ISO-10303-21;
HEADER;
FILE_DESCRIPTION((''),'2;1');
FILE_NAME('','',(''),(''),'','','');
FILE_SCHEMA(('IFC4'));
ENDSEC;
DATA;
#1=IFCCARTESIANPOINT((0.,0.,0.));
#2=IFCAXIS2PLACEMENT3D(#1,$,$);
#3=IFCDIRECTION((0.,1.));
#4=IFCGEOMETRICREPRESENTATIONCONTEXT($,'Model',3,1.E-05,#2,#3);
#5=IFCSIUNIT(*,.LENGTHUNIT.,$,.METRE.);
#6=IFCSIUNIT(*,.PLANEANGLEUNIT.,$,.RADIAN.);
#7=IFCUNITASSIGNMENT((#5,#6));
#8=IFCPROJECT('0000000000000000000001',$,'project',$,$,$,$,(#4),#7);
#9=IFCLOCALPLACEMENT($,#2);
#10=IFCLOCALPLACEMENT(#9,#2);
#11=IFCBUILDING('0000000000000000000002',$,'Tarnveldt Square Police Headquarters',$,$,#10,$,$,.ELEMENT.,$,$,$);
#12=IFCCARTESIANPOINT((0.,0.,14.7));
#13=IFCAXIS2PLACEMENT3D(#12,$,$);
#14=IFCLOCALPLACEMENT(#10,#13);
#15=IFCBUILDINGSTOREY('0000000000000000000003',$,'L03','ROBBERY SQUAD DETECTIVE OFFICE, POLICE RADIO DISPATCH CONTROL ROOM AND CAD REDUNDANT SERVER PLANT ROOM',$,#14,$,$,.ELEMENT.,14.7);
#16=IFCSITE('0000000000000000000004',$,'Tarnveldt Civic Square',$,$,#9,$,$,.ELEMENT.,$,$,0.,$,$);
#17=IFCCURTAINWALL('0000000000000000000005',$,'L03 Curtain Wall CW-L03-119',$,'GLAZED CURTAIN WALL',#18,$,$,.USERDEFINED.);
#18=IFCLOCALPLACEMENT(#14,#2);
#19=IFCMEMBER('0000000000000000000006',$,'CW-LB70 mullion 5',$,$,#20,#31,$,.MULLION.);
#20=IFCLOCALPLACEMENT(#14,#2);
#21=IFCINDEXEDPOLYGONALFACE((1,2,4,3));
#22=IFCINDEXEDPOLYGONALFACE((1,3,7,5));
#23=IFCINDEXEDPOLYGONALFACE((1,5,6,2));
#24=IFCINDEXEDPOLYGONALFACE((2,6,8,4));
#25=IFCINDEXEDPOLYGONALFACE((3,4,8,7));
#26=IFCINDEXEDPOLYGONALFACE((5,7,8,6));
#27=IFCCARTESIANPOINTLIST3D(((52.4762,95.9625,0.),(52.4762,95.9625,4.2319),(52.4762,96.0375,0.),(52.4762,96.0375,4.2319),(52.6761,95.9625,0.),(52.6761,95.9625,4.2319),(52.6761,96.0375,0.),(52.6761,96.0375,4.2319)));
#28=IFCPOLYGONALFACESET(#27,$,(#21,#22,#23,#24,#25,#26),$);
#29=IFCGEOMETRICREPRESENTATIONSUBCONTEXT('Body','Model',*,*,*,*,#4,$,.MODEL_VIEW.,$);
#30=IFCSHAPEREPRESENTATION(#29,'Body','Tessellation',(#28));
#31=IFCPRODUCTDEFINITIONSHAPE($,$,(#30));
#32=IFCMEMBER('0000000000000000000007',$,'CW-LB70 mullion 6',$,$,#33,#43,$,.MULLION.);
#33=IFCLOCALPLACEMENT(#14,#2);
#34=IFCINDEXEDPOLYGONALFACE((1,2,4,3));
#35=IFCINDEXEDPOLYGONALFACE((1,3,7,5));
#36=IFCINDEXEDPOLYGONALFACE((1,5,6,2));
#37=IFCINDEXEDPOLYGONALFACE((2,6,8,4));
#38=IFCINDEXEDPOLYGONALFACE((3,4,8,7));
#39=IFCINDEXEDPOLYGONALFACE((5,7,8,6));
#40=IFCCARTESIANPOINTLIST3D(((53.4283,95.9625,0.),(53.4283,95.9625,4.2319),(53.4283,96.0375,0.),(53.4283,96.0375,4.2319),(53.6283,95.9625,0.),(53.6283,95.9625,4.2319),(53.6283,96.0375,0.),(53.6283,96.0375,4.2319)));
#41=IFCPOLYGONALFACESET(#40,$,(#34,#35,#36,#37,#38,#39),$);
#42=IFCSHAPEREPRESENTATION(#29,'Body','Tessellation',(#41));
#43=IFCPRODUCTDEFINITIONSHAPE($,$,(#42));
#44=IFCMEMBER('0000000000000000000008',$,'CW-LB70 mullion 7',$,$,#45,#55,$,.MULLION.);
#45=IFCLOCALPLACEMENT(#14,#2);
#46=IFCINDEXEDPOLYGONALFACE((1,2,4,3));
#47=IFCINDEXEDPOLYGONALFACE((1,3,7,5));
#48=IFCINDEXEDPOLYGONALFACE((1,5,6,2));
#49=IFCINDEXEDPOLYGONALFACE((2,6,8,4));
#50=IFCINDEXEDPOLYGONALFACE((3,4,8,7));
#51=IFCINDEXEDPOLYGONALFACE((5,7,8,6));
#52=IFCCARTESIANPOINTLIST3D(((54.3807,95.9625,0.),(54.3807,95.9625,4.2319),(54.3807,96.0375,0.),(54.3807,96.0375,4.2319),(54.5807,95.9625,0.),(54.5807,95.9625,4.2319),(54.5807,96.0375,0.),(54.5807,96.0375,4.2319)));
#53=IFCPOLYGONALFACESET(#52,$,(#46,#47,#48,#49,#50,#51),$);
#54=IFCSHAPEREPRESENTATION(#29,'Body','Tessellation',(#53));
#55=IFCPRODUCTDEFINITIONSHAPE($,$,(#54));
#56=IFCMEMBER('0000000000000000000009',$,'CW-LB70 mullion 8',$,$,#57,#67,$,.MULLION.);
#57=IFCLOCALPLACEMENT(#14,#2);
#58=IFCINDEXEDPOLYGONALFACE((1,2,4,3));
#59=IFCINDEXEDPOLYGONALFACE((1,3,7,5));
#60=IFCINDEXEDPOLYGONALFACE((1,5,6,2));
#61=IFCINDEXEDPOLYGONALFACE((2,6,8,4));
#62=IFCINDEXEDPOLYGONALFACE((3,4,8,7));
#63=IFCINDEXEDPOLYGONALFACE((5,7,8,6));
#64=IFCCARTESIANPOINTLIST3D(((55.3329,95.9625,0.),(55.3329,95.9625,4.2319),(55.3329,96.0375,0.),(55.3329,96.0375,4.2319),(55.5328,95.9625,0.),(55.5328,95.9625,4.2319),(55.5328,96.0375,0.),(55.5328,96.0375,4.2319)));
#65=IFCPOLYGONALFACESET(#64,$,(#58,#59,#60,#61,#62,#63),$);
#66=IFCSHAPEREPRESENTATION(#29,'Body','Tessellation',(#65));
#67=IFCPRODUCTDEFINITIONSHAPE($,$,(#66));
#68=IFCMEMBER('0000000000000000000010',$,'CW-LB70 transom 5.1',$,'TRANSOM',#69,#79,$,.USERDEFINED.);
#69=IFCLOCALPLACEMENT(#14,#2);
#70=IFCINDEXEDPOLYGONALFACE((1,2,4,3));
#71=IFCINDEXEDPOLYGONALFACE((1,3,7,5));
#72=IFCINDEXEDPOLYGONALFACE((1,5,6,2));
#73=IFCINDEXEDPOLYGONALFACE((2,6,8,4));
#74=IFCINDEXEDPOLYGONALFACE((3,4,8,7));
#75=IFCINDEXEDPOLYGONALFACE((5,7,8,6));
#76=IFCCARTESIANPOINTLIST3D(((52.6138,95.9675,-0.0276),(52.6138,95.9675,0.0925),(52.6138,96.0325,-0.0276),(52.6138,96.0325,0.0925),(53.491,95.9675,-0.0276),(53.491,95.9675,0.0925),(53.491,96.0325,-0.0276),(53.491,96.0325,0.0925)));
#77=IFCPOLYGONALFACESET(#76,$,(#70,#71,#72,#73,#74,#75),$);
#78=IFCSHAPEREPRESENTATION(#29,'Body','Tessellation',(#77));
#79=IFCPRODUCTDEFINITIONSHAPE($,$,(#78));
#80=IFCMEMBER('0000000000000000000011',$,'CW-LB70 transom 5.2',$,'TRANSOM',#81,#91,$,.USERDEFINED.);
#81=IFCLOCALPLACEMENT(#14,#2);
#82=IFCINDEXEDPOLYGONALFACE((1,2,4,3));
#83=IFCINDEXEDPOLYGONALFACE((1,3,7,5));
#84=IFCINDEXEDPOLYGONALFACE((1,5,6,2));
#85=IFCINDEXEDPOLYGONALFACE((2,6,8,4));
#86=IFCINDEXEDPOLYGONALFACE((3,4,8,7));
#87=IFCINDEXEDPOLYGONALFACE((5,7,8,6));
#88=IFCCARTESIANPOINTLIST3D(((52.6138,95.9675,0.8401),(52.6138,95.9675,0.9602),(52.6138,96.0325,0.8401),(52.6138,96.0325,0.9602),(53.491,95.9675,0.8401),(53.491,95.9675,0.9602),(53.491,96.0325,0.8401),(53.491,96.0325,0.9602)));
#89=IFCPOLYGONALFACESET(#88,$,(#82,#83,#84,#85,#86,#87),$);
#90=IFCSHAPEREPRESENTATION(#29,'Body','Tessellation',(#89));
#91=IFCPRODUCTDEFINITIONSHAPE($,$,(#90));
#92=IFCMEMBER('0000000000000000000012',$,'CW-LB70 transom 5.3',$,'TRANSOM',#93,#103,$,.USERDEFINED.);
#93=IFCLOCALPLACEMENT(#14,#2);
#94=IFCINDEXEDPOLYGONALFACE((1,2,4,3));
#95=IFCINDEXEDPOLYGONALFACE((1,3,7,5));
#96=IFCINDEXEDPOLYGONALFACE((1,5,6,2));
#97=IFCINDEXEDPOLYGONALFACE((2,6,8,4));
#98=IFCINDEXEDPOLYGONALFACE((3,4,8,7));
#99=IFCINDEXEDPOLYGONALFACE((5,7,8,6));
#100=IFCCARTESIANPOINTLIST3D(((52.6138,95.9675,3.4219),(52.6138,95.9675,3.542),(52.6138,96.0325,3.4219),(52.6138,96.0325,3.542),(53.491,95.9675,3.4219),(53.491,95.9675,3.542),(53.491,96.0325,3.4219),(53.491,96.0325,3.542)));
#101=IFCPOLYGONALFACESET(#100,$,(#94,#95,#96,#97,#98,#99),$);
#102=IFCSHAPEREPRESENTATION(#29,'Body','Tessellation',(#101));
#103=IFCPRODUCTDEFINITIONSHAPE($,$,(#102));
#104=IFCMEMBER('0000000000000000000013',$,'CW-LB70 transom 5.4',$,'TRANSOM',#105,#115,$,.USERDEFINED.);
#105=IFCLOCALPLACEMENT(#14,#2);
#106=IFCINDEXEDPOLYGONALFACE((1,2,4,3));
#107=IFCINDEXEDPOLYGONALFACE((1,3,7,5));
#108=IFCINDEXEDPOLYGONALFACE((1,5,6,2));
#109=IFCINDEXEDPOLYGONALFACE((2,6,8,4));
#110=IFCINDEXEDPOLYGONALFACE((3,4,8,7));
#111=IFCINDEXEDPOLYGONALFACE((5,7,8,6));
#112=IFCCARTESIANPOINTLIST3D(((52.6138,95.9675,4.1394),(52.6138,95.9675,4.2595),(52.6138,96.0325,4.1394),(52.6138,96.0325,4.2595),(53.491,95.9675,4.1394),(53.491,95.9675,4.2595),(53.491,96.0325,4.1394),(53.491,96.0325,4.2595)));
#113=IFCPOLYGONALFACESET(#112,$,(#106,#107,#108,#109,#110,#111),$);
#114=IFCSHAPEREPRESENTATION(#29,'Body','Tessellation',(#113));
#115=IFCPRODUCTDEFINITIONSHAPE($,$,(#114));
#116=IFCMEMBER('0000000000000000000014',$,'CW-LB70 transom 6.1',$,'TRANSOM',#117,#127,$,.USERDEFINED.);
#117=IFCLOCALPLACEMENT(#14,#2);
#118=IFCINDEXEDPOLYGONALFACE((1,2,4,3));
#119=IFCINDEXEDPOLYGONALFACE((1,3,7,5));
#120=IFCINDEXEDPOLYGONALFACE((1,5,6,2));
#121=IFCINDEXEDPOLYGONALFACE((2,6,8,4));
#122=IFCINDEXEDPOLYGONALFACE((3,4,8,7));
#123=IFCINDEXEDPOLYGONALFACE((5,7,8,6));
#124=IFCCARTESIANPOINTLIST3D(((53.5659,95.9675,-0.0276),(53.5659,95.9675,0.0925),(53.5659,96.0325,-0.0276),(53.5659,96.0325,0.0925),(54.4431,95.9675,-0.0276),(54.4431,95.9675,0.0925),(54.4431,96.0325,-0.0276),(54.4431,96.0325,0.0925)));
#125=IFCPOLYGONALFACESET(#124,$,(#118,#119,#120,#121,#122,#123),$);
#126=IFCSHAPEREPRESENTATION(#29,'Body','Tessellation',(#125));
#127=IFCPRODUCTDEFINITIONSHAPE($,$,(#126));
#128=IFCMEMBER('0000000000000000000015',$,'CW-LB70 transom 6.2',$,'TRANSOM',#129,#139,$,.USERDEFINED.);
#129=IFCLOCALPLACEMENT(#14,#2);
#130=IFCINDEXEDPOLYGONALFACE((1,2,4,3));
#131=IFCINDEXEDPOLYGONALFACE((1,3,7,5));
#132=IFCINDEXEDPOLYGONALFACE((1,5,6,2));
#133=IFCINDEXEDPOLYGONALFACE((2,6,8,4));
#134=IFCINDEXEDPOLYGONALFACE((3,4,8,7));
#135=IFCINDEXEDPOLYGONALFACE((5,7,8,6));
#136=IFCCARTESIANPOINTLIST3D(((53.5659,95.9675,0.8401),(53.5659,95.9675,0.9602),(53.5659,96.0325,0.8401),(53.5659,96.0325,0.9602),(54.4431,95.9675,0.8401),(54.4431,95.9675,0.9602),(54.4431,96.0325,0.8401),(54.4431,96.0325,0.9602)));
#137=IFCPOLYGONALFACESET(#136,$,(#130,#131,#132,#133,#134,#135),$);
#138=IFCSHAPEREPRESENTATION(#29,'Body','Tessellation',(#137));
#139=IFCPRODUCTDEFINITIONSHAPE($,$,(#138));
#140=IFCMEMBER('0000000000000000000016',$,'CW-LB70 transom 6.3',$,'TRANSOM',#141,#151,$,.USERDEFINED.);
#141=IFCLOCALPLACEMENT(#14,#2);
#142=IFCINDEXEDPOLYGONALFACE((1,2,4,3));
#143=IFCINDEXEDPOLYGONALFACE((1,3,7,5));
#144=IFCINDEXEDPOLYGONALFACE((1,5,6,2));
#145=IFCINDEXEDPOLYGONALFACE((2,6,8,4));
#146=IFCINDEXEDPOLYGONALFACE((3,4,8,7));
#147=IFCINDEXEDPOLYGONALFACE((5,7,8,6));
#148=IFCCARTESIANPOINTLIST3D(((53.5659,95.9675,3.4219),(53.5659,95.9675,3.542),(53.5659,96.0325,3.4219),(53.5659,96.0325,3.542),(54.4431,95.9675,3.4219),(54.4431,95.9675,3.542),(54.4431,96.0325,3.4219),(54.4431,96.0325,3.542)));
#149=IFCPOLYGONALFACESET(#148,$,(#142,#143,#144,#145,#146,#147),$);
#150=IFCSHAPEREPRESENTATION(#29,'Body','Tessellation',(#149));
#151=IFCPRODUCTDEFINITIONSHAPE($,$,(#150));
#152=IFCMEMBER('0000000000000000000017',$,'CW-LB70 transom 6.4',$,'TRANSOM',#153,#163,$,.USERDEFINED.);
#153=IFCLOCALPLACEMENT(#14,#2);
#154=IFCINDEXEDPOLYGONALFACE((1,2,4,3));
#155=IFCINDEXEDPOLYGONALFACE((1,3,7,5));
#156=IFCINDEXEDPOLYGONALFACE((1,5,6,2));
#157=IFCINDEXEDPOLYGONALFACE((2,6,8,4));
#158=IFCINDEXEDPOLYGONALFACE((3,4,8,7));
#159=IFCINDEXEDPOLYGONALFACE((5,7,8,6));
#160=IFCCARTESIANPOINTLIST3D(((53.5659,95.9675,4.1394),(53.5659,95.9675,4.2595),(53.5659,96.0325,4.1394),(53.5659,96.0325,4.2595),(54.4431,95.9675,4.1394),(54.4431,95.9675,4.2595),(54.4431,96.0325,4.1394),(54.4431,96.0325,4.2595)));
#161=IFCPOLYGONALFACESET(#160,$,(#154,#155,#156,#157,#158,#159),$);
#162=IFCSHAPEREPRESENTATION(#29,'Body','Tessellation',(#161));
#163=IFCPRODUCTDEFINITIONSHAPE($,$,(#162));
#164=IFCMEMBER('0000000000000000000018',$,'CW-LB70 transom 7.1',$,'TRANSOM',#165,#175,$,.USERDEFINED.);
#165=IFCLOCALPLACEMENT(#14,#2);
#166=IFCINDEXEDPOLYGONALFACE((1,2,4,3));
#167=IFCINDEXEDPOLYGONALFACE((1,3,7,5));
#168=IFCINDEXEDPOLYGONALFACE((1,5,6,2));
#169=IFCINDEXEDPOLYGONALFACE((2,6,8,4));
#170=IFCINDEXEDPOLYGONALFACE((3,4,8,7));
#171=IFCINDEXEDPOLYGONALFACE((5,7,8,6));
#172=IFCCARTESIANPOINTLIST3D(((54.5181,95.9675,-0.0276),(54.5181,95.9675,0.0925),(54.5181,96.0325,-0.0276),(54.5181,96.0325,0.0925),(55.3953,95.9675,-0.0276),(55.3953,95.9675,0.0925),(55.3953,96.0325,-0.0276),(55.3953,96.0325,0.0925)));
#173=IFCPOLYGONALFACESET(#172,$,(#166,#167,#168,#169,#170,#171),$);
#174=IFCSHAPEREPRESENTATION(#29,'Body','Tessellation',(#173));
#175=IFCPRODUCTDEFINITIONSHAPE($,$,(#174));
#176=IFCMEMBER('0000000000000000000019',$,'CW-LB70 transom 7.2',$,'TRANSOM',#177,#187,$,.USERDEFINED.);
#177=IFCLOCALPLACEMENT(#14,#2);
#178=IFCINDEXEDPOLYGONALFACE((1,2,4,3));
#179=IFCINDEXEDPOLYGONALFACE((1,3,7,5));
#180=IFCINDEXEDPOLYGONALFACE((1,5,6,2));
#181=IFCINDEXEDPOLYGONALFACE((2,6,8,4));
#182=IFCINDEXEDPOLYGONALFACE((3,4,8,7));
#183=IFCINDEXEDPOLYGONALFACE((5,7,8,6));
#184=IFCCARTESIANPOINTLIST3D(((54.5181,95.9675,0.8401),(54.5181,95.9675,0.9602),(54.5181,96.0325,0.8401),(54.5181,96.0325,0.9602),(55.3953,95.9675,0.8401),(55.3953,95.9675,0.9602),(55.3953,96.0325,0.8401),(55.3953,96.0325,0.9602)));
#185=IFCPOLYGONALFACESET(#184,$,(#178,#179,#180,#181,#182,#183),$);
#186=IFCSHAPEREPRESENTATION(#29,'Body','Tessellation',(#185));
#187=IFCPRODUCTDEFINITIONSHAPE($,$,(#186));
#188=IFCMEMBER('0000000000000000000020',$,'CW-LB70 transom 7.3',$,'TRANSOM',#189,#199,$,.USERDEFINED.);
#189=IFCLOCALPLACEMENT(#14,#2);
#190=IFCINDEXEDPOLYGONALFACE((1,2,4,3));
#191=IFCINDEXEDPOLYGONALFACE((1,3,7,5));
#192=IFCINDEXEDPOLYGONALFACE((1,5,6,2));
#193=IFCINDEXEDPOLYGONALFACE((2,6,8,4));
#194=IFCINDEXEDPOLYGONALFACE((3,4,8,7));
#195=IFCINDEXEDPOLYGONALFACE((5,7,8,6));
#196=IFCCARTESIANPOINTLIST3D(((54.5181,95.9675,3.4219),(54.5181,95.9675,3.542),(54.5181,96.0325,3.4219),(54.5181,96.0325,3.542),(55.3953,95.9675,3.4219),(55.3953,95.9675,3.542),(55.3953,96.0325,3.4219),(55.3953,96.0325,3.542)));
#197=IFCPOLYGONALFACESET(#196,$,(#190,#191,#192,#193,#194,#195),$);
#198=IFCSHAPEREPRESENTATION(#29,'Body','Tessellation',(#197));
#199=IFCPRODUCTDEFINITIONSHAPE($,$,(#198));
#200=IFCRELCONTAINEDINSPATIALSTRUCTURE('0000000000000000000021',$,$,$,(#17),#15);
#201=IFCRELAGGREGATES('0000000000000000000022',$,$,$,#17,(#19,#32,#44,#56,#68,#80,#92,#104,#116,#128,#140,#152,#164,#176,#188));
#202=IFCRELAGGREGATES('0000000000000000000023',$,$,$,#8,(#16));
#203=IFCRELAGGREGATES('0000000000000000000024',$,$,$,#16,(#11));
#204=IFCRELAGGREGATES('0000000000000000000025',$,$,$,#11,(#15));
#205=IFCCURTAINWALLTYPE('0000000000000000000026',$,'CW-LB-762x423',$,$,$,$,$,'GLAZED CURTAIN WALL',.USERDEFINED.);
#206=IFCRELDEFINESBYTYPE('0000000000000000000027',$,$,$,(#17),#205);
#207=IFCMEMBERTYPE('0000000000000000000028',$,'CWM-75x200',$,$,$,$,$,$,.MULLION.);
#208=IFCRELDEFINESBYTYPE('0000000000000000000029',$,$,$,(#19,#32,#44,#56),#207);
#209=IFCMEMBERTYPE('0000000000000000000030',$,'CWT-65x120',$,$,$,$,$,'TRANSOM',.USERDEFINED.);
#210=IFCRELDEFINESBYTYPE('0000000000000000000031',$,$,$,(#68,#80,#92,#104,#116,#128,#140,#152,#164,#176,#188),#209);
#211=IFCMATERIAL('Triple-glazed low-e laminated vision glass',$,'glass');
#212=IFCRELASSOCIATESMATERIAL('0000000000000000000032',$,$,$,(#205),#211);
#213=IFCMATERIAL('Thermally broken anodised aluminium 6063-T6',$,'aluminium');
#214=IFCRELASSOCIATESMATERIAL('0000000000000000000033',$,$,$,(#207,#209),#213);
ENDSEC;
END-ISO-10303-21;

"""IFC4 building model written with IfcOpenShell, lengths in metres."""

from ifc_helpers import new_model, si_unit, direction, frame, origin, origin_2d, place, context, subcontext, project, spatial, rectangle, extrude, material, material_profile, profile_set, type_object, element, aggregate, save


model = new_model("IFC4")

# Units and contexts
model_context = context("Model", 3, precision=1e-05, world=origin(), true_north=direction((0.0, 1.0)))
body_context = subcontext(model_context, "Body", "Model", "MODEL_VIEW")
ifc_project = project(units=[si_unit("LENGTHUNIT", "METRE"), si_unit("PLANEANGLEUNIT", "RADIAN")], contexts=[model_context])

# Site, building, storey
site_placement = place(None, origin())
site = spatial("IfcSite", under=ifc_project, at=site_placement, Name="Tarnveldt Civic Square", CompositionType="ELEMENT", RefElevation=0.0)
building_placement = place(site_placement, origin())
building = spatial("IfcBuilding", under=site, at=building_placement, Name="Tarnveldt Square Police Headquarters", CompositionType="ELEMENT")
storey_placement = place(building_placement, frame((0.0, 0.0, 14.7)))
storey = spatial("IfcBuildingStorey", under=building, at=storey_placement, Name="L03", Description="ROBBERY SQUAD DETECTIVE OFFICE, POLICE RADIO DISPATCH CONTROL ROOM AND CAD REDUNDANT SERVER PLANT ROOM", CompositionType="ELEMENT", Elevation=14.7)

# Curtain wall, members
ifc_material_1 = material(Name="Triple-glazed low-e laminated vision glass", Category="glass")
curtain_wall_type = type_object("IfcCurtainWallType", Name="CW-LB-762x423", ElementType="GLAZED CURTAIN WALL", PredefinedType="USERDEFINED", material=ifc_material_1)
curtain_wall_placement = place(storey_placement, origin())
curtain_wall = element("IfcCurtainWall", 1, at=curtain_wall_placement, inside=storey, type_object=curtain_wall_type, Name="L03 Curtain Wall CW-L03-119", ObjectType="GLAZED CURTAIN WALL", PredefinedType="USERDEFINED")
ifc_material_2 = material(Name="Thermally broken anodised aluminium 6063-T6", Category="aluminium")
ifc_material_profile_1 = material_profile(ifc_material_2, rectangle(XDim=0.075, YDim=0.2, at=origin_2d()), Name="CW-M75x200")
ifc_profile_set_1 = profile_set([ifc_material_profile_1], Name="Thermally broken anodised aluminium 6063-T6")
member_type_1 = type_object("IfcMemberType", Name="CWM-75x200", PredefinedType="MULLION", material=ifc_profile_set_1)
member_1_placement = place(storey_placement, frame((52.5762, 96.0, 0.0), z_axis=(0.0, 0.0, 1.0), x_axis=(0.0, 1.0, 0.0)))
member_1 = element("IfcMember", 2, at=member_1_placement, type_object=member_type_1, Name="CW-LB70 mullion 5", PredefinedType="MULLION", context=body_context, shape_type="SweptSolid", body=[
    extrude(rectangle(XDim=0.075, YDim=0.2, at=origin_2d()), origin(), (0.0, 0.0, 1.0), 4.2319),
])
member_2_placement = place(storey_placement, frame((53.5283, 96.0, 0.0), z_axis=(0.0, 0.0, 1.0), x_axis=(0.0, 1.0, 0.0)))
member_2 = element("IfcMember", 3, at=member_2_placement, type_object=member_type_1, Name="CW-LB70 mullion 6", PredefinedType="MULLION", context=body_context, shape_type="SweptSolid", body=[
    extrude(rectangle(XDim=0.075, YDim=0.2, at=origin_2d()), origin(), (0.0, 0.0, 1.0), 4.2319),
])
member_3_placement = place(storey_placement, frame((54.4807, 96.0, 0.0), z_axis=(0.0, 0.0, 1.0), x_axis=(0.0, 1.0, 0.0)))
member_3 = element("IfcMember", 4, at=member_3_placement, type_object=member_type_1, Name="CW-LB70 mullion 7", PredefinedType="MULLION", context=body_context, shape_type="SweptSolid", body=[
    extrude(rectangle(XDim=0.075, YDim=0.2, at=origin_2d()), origin(), (0.0, 0.0, 1.0), 4.2319),
])
member_4_placement = place(storey_placement, frame((55.4329, 96.0, 0.0), z_axis=(0.0, 0.0, 1.0), x_axis=(0.0, 1.0, 0.0)))
member_4 = element("IfcMember", 5, at=member_4_placement, type_object=member_type_1, Name="CW-LB70 mullion 8", PredefinedType="MULLION", context=body_context, shape_type="SweptSolid", body=[
    extrude(rectangle(XDim=0.075, YDim=0.2, at=origin_2d()), origin(), (0.0, 0.0, 1.0), 4.2319),
])
ifc_material_profile_2 = material_profile(ifc_material_2, rectangle(XDim=0.0649, YDim=0.1201, at=origin_2d()), Name="CW-T65x120")
ifc_profile_set_2 = profile_set([ifc_material_profile_2], Name="Thermally broken anodised aluminium 6063-T6")
member_type_2 = type_object("IfcMemberType", Name="CWT-65x120", ElementType="TRANSOM", PredefinedType="USERDEFINED", material=ifc_profile_set_2)
member_5_placement = place(storey_placement, frame((52.6138, 96.0, 0.0325), z_axis=(1.0, 0.0, 0.0), x_axis=(0.0, 1.0, 0.0)))
member_5 = element("IfcMember", 6, at=member_5_placement, type_object=member_type_2, Name="CW-LB70 transom 5.1", ObjectType="TRANSOM", PredefinedType="USERDEFINED", context=body_context, shape_type="SweptSolid", body=[
    extrude(rectangle(XDim=0.0649, YDim=0.1201, at=origin_2d()), origin(), (0.0, 0.0, 1.0), 0.8772),
])
member_6_placement = place(storey_placement, frame((52.6138, 96.0, 0.9001), z_axis=(1.0, 0.0, 0.0), x_axis=(0.0, 1.0, 0.0)))
member_6 = element("IfcMember", 7, at=member_6_placement, type_object=member_type_2, Name="CW-LB70 transom 5.2", ObjectType="TRANSOM", PredefinedType="USERDEFINED", context=body_context, shape_type="SweptSolid", body=[
    extrude(rectangle(XDim=0.0649, YDim=0.1201, at=origin_2d()), origin(), (0.0, 0.0, 1.0), 0.8772),
])
member_7_placement = place(storey_placement, frame((52.6138, 96.0, 3.4819), z_axis=(1.0, 0.0, 0.0), x_axis=(0.0, 1.0, 0.0)))
member_7 = element("IfcMember", 8, at=member_7_placement, type_object=member_type_2, Name="CW-LB70 transom 5.3", ObjectType="TRANSOM", PredefinedType="USERDEFINED", context=body_context, shape_type="SweptSolid", body=[
    extrude(rectangle(XDim=0.0649, YDim=0.1201, at=origin_2d()), origin(), (0.0, 0.0, 1.0), 0.8772),
])
member_8_placement = place(storey_placement, frame((52.6138, 96.0, 4.1995), z_axis=(1.0, 0.0, 0.0), x_axis=(0.0, 1.0, 0.0)))
member_8 = element("IfcMember", 9, at=member_8_placement, type_object=member_type_2, Name="CW-LB70 transom 5.4", ObjectType="TRANSOM", PredefinedType="USERDEFINED", context=body_context, shape_type="SweptSolid", body=[
    extrude(rectangle(XDim=0.0649, YDim=0.1201, at=origin_2d()), origin(), (0.0, 0.0, 1.0), 0.8772),
])
member_9_placement = place(storey_placement, frame((53.5659, 96.0, 0.0325), z_axis=(1.0, 0.0, 0.0), x_axis=(0.0, 1.0, 0.0)))
member_9 = element("IfcMember", 10, at=member_9_placement, type_object=member_type_2, Name="CW-LB70 transom 6.1", ObjectType="TRANSOM", PredefinedType="USERDEFINED", context=body_context, shape_type="SweptSolid", body=[
    extrude(rectangle(XDim=0.0649, YDim=0.1201, at=origin_2d()), origin(), (0.0, 0.0, 1.0), 0.8772),
])
member_10_placement = place(storey_placement, frame((53.5659, 96.0, 0.9001), z_axis=(1.0, 0.0, 0.0), x_axis=(0.0, 1.0, 0.0)))
member_10 = element("IfcMember", 11, at=member_10_placement, type_object=member_type_2, Name="CW-LB70 transom 6.2", ObjectType="TRANSOM", PredefinedType="USERDEFINED", context=body_context, shape_type="SweptSolid", body=[
    extrude(rectangle(XDim=0.0649, YDim=0.1201, at=origin_2d()), origin(), (0.0, 0.0, 1.0), 0.8772),
])
member_11_placement = place(storey_placement, frame((53.5659, 96.0, 3.4819), z_axis=(1.0, 0.0, 0.0), x_axis=(0.0, 1.0, 0.0)))
member_11 = element("IfcMember", 12, at=member_11_placement, type_object=member_type_2, Name="CW-LB70 transom 6.3", ObjectType="TRANSOM", PredefinedType="USERDEFINED", context=body_context, shape_type="SweptSolid", body=[
    extrude(rectangle(XDim=0.0649, YDim=0.1201, at=origin_2d()), origin(), (0.0, 0.0, 1.0), 0.8772),
])
member_12_placement = place(storey_placement, frame((53.5659, 96.0, 4.1995), z_axis=(1.0, 0.0, 0.0), x_axis=(0.0, 1.0, 0.0)))
member_12 = element("IfcMember", 13, at=member_12_placement, type_object=member_type_2, Name="CW-LB70 transom 6.4", ObjectType="TRANSOM", PredefinedType="USERDEFINED", context=body_context, shape_type="SweptSolid", body=[
    extrude(rectangle(XDim=0.0649, YDim=0.1201, at=origin_2d()), origin(), (0.0, 0.0, 1.0), 0.8772),
])
member_13_placement = place(storey_placement, frame((54.5181, 96.0, 0.0325), z_axis=(1.0, 0.0, 0.0), x_axis=(0.0, 1.0, 0.0)))
member_13 = element("IfcMember", 14, at=member_13_placement, type_object=member_type_2, Name="CW-LB70 transom 7.1", ObjectType="TRANSOM", PredefinedType="USERDEFINED", context=body_context, shape_type="SweptSolid", body=[
    extrude(rectangle(XDim=0.0649, YDim=0.1201, at=origin_2d()), origin(), (0.0, 0.0, 1.0), 0.8772),
])
member_14_placement = place(storey_placement, frame((54.5181, 96.0, 0.9001), z_axis=(1.0, 0.0, 0.0), x_axis=(0.0, 1.0, 0.0)))
member_14 = element("IfcMember", 15, at=member_14_placement, type_object=member_type_2, Name="CW-LB70 transom 7.2", ObjectType="TRANSOM", PredefinedType="USERDEFINED", context=body_context, shape_type="SweptSolid", body=[
    extrude(rectangle(XDim=0.0649, YDim=0.1201, at=origin_2d()), origin(), (0.0, 0.0, 1.0), 0.8772),
])
member_15_placement = place(storey_placement, frame((54.5181, 96.0, 3.4819), z_axis=(1.0, 0.0, 0.0), x_axis=(0.0, 1.0, 0.0)))
member_15 = element("IfcMember", 16, at=member_15_placement, type_object=member_type_2, Name="CW-LB70 transom 7.3", ObjectType="TRANSOM", PredefinedType="USERDEFINED", context=body_context, shape_type="SweptSolid", body=[
    extrude(rectangle(XDim=0.0649, YDim=0.1201, at=origin_2d()), origin(), (0.0, 0.0, 1.0), 0.8772),
])
aggregate(curtain_wall, [member_1, member_2, member_3, member_4, member_5, member_6, member_7, member_8, member_9, member_10, member_11, member_12, member_13, member_14, member_15])

save(model, "model.ifc")
